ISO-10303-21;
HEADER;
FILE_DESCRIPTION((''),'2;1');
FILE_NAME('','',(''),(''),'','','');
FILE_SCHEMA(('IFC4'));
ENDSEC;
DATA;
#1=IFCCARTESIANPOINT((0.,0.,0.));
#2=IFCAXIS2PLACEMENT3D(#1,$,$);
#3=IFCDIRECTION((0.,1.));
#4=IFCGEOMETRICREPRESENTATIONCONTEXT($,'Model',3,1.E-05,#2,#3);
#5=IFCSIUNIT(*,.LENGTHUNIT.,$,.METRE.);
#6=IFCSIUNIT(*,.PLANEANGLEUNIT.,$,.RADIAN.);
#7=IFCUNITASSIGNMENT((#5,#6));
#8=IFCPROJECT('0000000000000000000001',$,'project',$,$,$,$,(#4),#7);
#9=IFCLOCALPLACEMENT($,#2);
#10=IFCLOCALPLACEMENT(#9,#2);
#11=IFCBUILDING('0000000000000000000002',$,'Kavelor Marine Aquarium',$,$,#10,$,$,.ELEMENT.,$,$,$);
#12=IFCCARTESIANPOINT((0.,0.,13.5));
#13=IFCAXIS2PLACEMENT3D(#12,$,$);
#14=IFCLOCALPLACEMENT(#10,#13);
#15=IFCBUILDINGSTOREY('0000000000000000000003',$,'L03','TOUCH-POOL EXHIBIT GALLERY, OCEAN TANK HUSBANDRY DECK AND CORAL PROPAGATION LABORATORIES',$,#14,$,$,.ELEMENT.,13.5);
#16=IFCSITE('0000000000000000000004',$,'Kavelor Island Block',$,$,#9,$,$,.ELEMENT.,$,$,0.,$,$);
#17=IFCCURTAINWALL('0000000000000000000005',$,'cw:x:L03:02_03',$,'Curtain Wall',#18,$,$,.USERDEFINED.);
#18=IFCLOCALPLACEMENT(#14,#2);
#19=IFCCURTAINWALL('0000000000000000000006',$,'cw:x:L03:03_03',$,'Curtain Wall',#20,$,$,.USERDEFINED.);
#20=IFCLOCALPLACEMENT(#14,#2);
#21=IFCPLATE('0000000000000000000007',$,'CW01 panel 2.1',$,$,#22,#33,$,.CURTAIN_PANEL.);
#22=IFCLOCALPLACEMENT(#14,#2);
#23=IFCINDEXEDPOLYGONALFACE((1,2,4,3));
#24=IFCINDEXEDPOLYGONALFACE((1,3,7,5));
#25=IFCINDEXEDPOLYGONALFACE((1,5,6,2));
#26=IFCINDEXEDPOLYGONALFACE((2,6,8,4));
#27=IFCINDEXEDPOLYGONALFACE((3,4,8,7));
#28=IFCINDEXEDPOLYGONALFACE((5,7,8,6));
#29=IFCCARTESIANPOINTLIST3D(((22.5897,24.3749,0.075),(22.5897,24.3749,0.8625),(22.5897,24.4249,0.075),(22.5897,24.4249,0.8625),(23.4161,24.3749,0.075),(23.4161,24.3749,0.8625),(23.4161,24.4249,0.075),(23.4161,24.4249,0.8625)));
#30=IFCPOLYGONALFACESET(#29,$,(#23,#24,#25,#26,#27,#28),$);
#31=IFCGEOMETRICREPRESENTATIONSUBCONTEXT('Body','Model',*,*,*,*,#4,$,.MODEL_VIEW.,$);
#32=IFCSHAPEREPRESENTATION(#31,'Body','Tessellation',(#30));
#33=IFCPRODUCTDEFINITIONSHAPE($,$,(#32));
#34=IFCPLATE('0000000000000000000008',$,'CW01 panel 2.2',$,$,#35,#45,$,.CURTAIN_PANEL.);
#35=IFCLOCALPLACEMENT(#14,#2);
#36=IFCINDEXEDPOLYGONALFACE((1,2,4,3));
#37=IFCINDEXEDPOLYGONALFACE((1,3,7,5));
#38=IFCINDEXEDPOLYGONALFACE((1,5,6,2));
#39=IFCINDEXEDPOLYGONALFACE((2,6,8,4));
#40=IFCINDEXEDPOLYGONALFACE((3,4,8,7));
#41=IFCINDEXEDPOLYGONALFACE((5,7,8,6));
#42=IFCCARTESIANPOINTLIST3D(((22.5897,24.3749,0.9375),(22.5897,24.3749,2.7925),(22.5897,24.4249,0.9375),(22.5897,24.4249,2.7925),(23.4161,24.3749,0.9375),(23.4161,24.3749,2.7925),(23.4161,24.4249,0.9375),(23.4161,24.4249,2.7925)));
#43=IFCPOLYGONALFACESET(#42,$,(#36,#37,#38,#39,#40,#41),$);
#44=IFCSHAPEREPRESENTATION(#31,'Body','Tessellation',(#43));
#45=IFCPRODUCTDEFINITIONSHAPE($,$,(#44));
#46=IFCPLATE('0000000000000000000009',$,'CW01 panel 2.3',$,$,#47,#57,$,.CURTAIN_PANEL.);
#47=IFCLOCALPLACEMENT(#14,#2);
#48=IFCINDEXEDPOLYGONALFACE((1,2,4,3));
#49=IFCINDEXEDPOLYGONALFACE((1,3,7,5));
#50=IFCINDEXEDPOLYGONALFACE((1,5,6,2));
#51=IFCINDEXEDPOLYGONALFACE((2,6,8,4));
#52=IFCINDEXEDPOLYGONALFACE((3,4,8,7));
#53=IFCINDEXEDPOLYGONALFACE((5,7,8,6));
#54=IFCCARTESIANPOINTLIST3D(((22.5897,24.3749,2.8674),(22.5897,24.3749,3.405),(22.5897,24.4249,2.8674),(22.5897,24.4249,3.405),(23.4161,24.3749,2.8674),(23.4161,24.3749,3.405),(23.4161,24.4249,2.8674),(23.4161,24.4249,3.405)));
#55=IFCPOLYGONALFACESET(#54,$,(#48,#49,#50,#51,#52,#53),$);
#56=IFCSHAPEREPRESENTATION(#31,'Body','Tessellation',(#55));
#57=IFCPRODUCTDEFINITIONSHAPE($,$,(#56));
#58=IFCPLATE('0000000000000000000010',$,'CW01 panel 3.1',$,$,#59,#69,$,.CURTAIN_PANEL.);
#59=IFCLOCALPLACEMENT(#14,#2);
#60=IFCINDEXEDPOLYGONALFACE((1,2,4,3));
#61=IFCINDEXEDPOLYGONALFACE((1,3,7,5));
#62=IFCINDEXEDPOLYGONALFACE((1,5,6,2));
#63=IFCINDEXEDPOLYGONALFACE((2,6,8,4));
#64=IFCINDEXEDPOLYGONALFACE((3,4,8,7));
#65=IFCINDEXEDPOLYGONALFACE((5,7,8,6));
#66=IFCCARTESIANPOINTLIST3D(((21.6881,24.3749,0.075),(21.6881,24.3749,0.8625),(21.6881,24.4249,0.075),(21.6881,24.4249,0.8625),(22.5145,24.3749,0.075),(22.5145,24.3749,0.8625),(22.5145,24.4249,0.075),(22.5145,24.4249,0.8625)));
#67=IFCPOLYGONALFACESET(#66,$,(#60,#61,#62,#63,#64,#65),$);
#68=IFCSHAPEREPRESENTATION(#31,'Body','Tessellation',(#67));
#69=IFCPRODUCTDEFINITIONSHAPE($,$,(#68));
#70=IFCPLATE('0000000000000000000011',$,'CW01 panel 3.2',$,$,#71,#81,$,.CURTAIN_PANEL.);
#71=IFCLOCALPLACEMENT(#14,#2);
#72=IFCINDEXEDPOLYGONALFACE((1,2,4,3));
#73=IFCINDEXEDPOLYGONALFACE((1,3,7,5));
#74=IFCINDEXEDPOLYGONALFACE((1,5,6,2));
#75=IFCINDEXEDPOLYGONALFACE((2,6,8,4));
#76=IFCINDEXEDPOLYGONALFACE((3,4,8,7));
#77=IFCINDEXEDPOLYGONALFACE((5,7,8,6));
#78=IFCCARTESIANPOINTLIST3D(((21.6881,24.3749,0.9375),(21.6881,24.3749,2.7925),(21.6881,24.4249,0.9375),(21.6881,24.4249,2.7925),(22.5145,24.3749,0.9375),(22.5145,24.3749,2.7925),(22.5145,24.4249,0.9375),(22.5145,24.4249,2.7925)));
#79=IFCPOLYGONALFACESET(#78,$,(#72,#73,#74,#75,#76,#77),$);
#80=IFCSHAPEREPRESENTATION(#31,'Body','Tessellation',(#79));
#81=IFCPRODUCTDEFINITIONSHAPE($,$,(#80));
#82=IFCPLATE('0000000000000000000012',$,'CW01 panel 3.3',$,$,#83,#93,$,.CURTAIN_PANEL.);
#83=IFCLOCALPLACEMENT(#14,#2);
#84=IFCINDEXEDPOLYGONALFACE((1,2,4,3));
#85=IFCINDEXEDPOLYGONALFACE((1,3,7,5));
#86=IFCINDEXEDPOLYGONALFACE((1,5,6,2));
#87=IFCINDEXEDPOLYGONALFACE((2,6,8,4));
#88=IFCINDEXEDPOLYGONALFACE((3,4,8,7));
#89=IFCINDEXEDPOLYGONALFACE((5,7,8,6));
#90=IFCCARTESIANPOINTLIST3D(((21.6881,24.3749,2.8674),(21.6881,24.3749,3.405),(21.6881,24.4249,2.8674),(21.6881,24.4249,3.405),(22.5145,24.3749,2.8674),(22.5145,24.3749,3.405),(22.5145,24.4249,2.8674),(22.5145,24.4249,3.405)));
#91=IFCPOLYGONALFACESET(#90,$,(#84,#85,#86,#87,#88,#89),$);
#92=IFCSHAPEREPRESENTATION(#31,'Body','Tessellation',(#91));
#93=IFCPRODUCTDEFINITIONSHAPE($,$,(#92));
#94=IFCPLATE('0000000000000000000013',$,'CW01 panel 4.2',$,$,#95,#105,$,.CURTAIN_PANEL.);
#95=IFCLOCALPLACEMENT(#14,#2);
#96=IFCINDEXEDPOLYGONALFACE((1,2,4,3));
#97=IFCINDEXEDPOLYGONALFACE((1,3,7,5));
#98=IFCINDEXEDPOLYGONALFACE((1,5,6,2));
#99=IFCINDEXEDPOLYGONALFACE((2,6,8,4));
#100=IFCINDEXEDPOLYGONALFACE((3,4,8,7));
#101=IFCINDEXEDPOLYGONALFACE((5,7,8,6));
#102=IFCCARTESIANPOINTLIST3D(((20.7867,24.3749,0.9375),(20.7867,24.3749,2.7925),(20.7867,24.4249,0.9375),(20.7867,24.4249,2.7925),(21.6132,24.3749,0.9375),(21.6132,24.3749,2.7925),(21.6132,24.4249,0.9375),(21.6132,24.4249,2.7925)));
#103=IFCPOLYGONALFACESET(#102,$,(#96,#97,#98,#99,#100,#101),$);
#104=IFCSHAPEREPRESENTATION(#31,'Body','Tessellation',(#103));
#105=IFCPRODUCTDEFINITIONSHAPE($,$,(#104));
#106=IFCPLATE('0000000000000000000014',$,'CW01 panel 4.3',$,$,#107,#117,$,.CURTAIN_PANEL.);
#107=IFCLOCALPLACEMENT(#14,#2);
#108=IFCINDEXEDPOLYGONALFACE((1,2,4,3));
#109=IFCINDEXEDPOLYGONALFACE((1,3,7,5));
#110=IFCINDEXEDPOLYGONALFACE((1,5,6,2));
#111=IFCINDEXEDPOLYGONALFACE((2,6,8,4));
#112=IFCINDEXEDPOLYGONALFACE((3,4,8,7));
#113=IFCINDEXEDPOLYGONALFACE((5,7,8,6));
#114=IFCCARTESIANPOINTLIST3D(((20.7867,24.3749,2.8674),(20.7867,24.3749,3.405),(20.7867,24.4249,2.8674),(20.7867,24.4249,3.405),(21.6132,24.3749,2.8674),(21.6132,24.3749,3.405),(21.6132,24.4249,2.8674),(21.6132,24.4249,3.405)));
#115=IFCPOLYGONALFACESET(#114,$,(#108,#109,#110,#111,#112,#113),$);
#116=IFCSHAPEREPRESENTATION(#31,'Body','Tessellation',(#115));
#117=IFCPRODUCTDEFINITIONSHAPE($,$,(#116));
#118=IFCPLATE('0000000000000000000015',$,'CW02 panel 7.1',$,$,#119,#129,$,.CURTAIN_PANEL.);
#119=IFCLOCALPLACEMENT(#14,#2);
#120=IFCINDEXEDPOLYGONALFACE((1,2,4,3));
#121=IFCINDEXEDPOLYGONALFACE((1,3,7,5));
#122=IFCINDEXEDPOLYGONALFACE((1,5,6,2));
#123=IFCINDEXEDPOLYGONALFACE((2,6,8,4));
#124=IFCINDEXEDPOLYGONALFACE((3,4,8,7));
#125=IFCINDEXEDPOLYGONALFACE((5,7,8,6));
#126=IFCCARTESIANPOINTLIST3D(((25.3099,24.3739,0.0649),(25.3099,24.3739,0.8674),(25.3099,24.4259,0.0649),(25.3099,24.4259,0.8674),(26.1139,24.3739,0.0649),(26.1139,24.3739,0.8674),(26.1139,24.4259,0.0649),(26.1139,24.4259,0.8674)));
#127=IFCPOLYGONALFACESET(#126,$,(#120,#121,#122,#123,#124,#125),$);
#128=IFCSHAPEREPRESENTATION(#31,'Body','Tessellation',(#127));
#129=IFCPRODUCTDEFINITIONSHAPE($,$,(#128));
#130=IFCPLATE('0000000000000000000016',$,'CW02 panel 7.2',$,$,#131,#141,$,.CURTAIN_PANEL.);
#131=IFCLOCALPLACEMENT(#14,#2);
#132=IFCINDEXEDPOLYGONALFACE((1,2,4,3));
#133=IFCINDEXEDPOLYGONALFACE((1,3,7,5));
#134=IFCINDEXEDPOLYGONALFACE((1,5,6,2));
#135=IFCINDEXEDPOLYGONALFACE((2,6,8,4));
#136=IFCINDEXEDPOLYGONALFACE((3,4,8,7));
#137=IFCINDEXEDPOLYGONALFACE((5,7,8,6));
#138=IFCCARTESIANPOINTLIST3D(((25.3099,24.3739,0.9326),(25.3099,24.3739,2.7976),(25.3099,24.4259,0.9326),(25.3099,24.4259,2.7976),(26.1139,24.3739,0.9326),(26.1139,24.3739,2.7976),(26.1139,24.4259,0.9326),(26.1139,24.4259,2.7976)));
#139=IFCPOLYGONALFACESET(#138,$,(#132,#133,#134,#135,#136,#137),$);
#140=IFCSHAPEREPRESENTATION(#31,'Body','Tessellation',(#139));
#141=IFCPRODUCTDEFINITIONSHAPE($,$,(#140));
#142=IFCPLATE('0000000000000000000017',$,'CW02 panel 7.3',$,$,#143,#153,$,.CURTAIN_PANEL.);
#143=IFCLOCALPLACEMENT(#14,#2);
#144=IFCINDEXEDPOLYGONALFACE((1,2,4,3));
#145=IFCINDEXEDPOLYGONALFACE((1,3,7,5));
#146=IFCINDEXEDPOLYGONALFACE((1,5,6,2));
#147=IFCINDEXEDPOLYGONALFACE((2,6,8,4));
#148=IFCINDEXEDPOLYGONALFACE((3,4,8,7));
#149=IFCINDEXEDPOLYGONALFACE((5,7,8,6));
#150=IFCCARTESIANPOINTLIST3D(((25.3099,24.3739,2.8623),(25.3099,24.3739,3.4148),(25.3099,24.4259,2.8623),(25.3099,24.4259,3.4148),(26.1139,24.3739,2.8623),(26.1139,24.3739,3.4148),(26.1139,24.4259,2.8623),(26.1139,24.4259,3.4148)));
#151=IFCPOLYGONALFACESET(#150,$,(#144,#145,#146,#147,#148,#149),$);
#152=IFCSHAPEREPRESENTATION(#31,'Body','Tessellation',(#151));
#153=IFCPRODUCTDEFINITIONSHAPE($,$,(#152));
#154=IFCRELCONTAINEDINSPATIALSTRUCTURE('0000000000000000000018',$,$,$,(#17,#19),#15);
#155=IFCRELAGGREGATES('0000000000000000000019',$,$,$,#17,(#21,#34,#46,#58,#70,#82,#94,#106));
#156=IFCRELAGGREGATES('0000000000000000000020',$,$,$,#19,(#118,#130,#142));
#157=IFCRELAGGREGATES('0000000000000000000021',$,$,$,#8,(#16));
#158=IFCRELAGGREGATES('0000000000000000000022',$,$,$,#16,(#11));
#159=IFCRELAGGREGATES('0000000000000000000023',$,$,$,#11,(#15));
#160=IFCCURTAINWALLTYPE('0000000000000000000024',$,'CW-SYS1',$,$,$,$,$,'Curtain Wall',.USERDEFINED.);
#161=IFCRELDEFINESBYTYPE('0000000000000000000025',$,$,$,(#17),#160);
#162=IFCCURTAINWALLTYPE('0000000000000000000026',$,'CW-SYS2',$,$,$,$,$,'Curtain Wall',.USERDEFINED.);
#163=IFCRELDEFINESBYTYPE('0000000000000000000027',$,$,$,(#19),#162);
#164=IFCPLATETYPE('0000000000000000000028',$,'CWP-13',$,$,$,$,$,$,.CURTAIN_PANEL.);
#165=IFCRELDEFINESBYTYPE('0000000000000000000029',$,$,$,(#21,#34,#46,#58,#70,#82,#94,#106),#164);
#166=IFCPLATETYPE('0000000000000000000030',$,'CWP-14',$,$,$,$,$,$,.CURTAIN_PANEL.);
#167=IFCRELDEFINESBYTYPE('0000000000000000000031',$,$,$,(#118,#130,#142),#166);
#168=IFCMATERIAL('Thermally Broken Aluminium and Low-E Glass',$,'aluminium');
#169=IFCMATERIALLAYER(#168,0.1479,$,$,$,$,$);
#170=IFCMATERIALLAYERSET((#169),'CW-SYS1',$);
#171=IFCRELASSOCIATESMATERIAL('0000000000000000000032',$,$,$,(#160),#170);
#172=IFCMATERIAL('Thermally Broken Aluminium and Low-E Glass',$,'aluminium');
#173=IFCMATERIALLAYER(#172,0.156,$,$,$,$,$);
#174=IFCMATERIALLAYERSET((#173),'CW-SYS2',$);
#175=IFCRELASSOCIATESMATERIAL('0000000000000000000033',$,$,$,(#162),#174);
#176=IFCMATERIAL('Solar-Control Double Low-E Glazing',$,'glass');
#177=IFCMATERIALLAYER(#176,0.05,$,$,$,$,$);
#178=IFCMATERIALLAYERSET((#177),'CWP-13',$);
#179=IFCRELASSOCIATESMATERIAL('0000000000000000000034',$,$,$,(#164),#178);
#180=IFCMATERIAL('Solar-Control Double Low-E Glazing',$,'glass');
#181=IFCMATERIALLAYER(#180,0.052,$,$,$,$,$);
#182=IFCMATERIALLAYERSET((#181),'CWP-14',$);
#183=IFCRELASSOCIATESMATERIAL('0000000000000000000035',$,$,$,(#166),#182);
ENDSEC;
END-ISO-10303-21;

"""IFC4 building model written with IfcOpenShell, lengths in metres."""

from ifc_helpers import new_model, si_unit, direction, frame, origin, origin_2d, place, context, subcontext, project, spatial, rectangle, extrude, material, layer, layer_set, type_object, element, aggregate, save


model = new_model("IFC4")

# Units and contexts
model_context = context("Model", 3, precision=1e-05, world=origin(), true_north=direction((0.0, 1.0)))
body_context = subcontext(model_context, "Body", "Model", "MODEL_VIEW")
ifc_project = project(units=[si_unit("LENGTHUNIT", "METRE"), si_unit("PLANEANGLEUNIT", "RADIAN")], contexts=[model_context])

# Site, building, storey
site_placement = place(None, origin())
site = spatial("IfcSite", under=ifc_project, at=site_placement, Name="Kavelor Island Block", CompositionType="ELEMENT", RefElevation=0.0)
building_placement = place(site_placement, origin())
building = spatial("IfcBuilding", under=site, at=building_placement, Name="Kavelor Marine Aquarium", CompositionType="ELEMENT")
storey_placement = place(building_placement, frame((0.0, 0.0, 13.5)))
storey = spatial("IfcBuildingStorey", under=building, at=storey_placement, Name="L03", Description="TOUCH-POOL EXHIBIT GALLERY, OCEAN TANK HUSBANDRY DECK AND CORAL PROPAGATION LABORATORIES", CompositionType="ELEMENT", Elevation=13.5)

# Curtain wall
ifc_material_1 = material(Name="Thermally Broken Aluminium and Low-E Glass", Category="aluminium")
ifc_layer_1 = layer(ifc_material_1, 0.1479)
ifc_layer_set_1 = layer_set([ifc_layer_1], Name="CW-SYS1")
curtain_wall_type_1 = type_object("IfcCurtainWallType", Name="CW-SYS1", ElementType="Curtain Wall", PredefinedType="USERDEFINED", material=ifc_layer_set_1)
curtain_wall_1_placement = place(storey_placement, origin())
curtain_wall_1 = element("IfcCurtainWall", 1, at=curtain_wall_1_placement, inside=storey, type_object=curtain_wall_type_1, Name="cw:x:L03:02_03", ObjectType="Curtain Wall", PredefinedType="USERDEFINED")

# Curtain wall
ifc_material_2 = material(Name="Thermally Broken Aluminium and Low-E Glass", Category="aluminium")
ifc_layer_2 = layer(ifc_material_2, 0.156)
ifc_layer_set_2 = layer_set([ifc_layer_2], Name="CW-SYS2")
curtain_wall_type_2 = type_object("IfcCurtainWallType", Name="CW-SYS2", ElementType="Curtain Wall", PredefinedType="USERDEFINED", material=ifc_layer_set_2)
curtain_wall_2_placement = place(storey_placement, origin())
curtain_wall_2 = element("IfcCurtainWall", 2, at=curtain_wall_2_placement, inside=storey, type_object=curtain_wall_type_2, Name="cw:x:L03:03_03", ObjectType="Curtain Wall", PredefinedType="USERDEFINED")

# Plates
ifc_material_3 = material(Name="Solar-Control Double Low-E Glazing", Category="glass")
ifc_layer_3 = layer(ifc_material_3, 0.05)
ifc_layer_set_3 = layer_set([ifc_layer_3], Name="CWP-13")
plate_type_1 = type_object("IfcPlateType", Name="CWP-13", PredefinedType="CURTAIN_PANEL", material=ifc_layer_set_3)
plate_1_placement = place(storey_placement, frame((23.0029, 24.3999, 0.075), z_axis=(0.0, 0.0, 1.0), x_axis=(-1.0, 0.0, 0.0)))
plate_1 = element("IfcPlate", 3, at=plate_1_placement, type_object=plate_type_1, Name="CW01 panel 2.1", PredefinedType="CURTAIN_PANEL", context=body_context, shape_type="SweptSolid", body=[
    extrude(rectangle(XDim=0.8264, YDim=0.05, at=origin_2d()), origin(), (0.0, 0.0, 1.0), 0.7876),
])
plate_2_placement = place(storey_placement, frame((23.0029, 24.3999, 0.9375), z_axis=(0.0, 0.0, 1.0), x_axis=(-1.0, 0.0, 0.0)))
plate_2 = element("IfcPlate", 4, at=plate_2_placement, type_object=plate_type_1, Name="CW01 panel 2.2", PredefinedType="CURTAIN_PANEL", context=body_context, shape_type="SweptSolid", body=[
    extrude(rectangle(XDim=0.8264, YDim=0.05, at=origin_2d()), origin(), (0.0, 0.0, 1.0), 1.855),
])
plate_3_placement = place(storey_placement, frame((23.0029, 24.3999, 2.8674), z_axis=(0.0, 0.0, 1.0), x_axis=(-1.0, 0.0, 0.0)))
plate_3 = element("IfcPlate", 5, at=plate_3_placement, type_object=plate_type_1, Name="CW01 panel 2.3", PredefinedType="CURTAIN_PANEL", context=body_context, shape_type="SweptSolid", body=[
    extrude(rectangle(XDim=0.8264, YDim=0.05, at=origin_2d()), origin(), (0.0, 0.0, 1.0), 0.5376),
])
plate_4_placement = place(storey_placement, frame((22.1013, 24.3999, 0.075), z_axis=(0.0, 0.0, 1.0), x_axis=(-1.0, 0.0, 0.0)))
plate_4 = element("IfcPlate", 6, at=plate_4_placement, type_object=plate_type_1, Name="CW01 panel 3.1", PredefinedType="CURTAIN_PANEL", context=body_context, shape_type="SweptSolid", body=[
    extrude(rectangle(XDim=0.8264, YDim=0.05, at=origin_2d()), origin(), (0.0, 0.0, 1.0), 0.7876),
])
plate_5_placement = place(storey_placement, frame((22.1013, 24.3999, 0.9375), z_axis=(0.0, 0.0, 1.0), x_axis=(-1.0, 0.0, 0.0)))
plate_5 = element("IfcPlate", 7, at=plate_5_placement, type_object=plate_type_1, Name="CW01 panel 3.2", PredefinedType="CURTAIN_PANEL", context=body_context, shape_type="SweptSolid", body=[
    extrude(rectangle(XDim=0.8264, YDim=0.05, at=origin_2d()), origin(), (0.0, 0.0, 1.0), 1.855),
])
plate_6_placement = place(storey_placement, frame((22.1013, 24.3999, 2.8674), z_axis=(0.0, 0.0, 1.0), x_axis=(-1.0, 0.0, 0.0)))
plate_6 = element("IfcPlate", 8, at=plate_6_placement, type_object=plate_type_1, Name="CW01 panel 3.3", PredefinedType="CURTAIN_PANEL", context=body_context, shape_type="SweptSolid", body=[
    extrude(rectangle(XDim=0.8264, YDim=0.05, at=origin_2d()), origin(), (0.0, 0.0, 1.0), 0.5376),
])
plate_7_placement = place(storey_placement, frame((21.2, 24.3999, 0.9375), z_axis=(0.0, 0.0, 1.0), x_axis=(-1.0, 0.0, 0.0)))
plate_7 = element("IfcPlate", 9, at=plate_7_placement, type_object=plate_type_1, Name="CW01 panel 4.2", PredefinedType="CURTAIN_PANEL", context=body_context, shape_type="SweptSolid", body=[
    extrude(rectangle(XDim=0.8264, YDim=0.05, at=origin_2d()), origin(), (0.0, 0.0, 1.0), 1.855),
])
plate_8_placement = place(storey_placement, frame((21.2, 24.3999, 2.8674), z_axis=(0.0, 0.0, 1.0), x_axis=(-1.0, 0.0, 0.0)))
plate_8 = element("IfcPlate", 10, at=plate_8_placement, type_object=plate_type_1, Name="CW01 panel 4.3", PredefinedType="CURTAIN_PANEL", context=body_context, shape_type="SweptSolid", body=[
    extrude(rectangle(XDim=0.8264, YDim=0.05, at=origin_2d()), origin(), (0.0, 0.0, 1.0), 0.5376),
])
aggregate(curtain_wall_1, [plate_1, plate_2, plate_3, plate_4, plate_5, plate_6, plate_7, plate_8])
ifc_material_4 = material(Name="Solar-Control Double Low-E Glazing", Category="glass")
ifc_layer_4 = layer(ifc_material_4, 0.052)
ifc_layer_set_4 = layer_set([ifc_layer_4], Name="CWP-14")
plate_type_2 = type_object("IfcPlateType", Name="CWP-14", PredefinedType="CURTAIN_PANEL", material=ifc_layer_set_4)
plate_9_placement = place(storey_placement, frame((25.7119, 24.3999, 0.0649), z_axis=(0.0, 0.0, 1.0), x_axis=(-1.0, 0.0, 0.0)))
plate_9 = element("IfcPlate", 11, at=plate_9_placement, type_object=plate_type_2, Name="CW02 panel 7.1", PredefinedType="CURTAIN_PANEL", context=body_context, shape_type="SweptSolid", body=[
    extrude(rectangle(XDim=0.804, YDim=0.052, at=origin_2d()), origin(), (0.0, 0.0, 1.0), 0.8025),
])
plate_10_placement = place(storey_placement, frame((25.7119, 24.3999, 0.9326), z_axis=(0.0, 0.0, 1.0), x_axis=(-1.0, 0.0, 0.0)))
plate_10 = element("IfcPlate", 12, at=plate_10_placement, type_object=plate_type_2, Name="CW02 panel 7.2", PredefinedType="CURTAIN_PANEL", context=body_context, shape_type="SweptSolid", body=[
    extrude(rectangle(XDim=0.804, YDim=0.052, at=origin_2d()), origin(), (0.0, 0.0, 1.0), 1.865),
])
plate_11_placement = place(storey_placement, frame((25.7119, 24.3999, 2.8623), z_axis=(0.0, 0.0, 1.0), x_axis=(-1.0, 0.0, 0.0)))
plate_11 = element("IfcPlate", 13, at=plate_11_placement, type_object=plate_type_2, Name="CW02 panel 7.3", PredefinedType="CURTAIN_PANEL", context=body_context, shape_type="SweptSolid", body=[
    extrude(rectangle(XDim=0.804, YDim=0.052, at=origin_2d()), origin(), (0.0, 0.0, 1.0), 0.5525),
])
aggregate(curtain_wall_2, [plate_9, plate_10, plate_11])

save(model, "model.ifc")
